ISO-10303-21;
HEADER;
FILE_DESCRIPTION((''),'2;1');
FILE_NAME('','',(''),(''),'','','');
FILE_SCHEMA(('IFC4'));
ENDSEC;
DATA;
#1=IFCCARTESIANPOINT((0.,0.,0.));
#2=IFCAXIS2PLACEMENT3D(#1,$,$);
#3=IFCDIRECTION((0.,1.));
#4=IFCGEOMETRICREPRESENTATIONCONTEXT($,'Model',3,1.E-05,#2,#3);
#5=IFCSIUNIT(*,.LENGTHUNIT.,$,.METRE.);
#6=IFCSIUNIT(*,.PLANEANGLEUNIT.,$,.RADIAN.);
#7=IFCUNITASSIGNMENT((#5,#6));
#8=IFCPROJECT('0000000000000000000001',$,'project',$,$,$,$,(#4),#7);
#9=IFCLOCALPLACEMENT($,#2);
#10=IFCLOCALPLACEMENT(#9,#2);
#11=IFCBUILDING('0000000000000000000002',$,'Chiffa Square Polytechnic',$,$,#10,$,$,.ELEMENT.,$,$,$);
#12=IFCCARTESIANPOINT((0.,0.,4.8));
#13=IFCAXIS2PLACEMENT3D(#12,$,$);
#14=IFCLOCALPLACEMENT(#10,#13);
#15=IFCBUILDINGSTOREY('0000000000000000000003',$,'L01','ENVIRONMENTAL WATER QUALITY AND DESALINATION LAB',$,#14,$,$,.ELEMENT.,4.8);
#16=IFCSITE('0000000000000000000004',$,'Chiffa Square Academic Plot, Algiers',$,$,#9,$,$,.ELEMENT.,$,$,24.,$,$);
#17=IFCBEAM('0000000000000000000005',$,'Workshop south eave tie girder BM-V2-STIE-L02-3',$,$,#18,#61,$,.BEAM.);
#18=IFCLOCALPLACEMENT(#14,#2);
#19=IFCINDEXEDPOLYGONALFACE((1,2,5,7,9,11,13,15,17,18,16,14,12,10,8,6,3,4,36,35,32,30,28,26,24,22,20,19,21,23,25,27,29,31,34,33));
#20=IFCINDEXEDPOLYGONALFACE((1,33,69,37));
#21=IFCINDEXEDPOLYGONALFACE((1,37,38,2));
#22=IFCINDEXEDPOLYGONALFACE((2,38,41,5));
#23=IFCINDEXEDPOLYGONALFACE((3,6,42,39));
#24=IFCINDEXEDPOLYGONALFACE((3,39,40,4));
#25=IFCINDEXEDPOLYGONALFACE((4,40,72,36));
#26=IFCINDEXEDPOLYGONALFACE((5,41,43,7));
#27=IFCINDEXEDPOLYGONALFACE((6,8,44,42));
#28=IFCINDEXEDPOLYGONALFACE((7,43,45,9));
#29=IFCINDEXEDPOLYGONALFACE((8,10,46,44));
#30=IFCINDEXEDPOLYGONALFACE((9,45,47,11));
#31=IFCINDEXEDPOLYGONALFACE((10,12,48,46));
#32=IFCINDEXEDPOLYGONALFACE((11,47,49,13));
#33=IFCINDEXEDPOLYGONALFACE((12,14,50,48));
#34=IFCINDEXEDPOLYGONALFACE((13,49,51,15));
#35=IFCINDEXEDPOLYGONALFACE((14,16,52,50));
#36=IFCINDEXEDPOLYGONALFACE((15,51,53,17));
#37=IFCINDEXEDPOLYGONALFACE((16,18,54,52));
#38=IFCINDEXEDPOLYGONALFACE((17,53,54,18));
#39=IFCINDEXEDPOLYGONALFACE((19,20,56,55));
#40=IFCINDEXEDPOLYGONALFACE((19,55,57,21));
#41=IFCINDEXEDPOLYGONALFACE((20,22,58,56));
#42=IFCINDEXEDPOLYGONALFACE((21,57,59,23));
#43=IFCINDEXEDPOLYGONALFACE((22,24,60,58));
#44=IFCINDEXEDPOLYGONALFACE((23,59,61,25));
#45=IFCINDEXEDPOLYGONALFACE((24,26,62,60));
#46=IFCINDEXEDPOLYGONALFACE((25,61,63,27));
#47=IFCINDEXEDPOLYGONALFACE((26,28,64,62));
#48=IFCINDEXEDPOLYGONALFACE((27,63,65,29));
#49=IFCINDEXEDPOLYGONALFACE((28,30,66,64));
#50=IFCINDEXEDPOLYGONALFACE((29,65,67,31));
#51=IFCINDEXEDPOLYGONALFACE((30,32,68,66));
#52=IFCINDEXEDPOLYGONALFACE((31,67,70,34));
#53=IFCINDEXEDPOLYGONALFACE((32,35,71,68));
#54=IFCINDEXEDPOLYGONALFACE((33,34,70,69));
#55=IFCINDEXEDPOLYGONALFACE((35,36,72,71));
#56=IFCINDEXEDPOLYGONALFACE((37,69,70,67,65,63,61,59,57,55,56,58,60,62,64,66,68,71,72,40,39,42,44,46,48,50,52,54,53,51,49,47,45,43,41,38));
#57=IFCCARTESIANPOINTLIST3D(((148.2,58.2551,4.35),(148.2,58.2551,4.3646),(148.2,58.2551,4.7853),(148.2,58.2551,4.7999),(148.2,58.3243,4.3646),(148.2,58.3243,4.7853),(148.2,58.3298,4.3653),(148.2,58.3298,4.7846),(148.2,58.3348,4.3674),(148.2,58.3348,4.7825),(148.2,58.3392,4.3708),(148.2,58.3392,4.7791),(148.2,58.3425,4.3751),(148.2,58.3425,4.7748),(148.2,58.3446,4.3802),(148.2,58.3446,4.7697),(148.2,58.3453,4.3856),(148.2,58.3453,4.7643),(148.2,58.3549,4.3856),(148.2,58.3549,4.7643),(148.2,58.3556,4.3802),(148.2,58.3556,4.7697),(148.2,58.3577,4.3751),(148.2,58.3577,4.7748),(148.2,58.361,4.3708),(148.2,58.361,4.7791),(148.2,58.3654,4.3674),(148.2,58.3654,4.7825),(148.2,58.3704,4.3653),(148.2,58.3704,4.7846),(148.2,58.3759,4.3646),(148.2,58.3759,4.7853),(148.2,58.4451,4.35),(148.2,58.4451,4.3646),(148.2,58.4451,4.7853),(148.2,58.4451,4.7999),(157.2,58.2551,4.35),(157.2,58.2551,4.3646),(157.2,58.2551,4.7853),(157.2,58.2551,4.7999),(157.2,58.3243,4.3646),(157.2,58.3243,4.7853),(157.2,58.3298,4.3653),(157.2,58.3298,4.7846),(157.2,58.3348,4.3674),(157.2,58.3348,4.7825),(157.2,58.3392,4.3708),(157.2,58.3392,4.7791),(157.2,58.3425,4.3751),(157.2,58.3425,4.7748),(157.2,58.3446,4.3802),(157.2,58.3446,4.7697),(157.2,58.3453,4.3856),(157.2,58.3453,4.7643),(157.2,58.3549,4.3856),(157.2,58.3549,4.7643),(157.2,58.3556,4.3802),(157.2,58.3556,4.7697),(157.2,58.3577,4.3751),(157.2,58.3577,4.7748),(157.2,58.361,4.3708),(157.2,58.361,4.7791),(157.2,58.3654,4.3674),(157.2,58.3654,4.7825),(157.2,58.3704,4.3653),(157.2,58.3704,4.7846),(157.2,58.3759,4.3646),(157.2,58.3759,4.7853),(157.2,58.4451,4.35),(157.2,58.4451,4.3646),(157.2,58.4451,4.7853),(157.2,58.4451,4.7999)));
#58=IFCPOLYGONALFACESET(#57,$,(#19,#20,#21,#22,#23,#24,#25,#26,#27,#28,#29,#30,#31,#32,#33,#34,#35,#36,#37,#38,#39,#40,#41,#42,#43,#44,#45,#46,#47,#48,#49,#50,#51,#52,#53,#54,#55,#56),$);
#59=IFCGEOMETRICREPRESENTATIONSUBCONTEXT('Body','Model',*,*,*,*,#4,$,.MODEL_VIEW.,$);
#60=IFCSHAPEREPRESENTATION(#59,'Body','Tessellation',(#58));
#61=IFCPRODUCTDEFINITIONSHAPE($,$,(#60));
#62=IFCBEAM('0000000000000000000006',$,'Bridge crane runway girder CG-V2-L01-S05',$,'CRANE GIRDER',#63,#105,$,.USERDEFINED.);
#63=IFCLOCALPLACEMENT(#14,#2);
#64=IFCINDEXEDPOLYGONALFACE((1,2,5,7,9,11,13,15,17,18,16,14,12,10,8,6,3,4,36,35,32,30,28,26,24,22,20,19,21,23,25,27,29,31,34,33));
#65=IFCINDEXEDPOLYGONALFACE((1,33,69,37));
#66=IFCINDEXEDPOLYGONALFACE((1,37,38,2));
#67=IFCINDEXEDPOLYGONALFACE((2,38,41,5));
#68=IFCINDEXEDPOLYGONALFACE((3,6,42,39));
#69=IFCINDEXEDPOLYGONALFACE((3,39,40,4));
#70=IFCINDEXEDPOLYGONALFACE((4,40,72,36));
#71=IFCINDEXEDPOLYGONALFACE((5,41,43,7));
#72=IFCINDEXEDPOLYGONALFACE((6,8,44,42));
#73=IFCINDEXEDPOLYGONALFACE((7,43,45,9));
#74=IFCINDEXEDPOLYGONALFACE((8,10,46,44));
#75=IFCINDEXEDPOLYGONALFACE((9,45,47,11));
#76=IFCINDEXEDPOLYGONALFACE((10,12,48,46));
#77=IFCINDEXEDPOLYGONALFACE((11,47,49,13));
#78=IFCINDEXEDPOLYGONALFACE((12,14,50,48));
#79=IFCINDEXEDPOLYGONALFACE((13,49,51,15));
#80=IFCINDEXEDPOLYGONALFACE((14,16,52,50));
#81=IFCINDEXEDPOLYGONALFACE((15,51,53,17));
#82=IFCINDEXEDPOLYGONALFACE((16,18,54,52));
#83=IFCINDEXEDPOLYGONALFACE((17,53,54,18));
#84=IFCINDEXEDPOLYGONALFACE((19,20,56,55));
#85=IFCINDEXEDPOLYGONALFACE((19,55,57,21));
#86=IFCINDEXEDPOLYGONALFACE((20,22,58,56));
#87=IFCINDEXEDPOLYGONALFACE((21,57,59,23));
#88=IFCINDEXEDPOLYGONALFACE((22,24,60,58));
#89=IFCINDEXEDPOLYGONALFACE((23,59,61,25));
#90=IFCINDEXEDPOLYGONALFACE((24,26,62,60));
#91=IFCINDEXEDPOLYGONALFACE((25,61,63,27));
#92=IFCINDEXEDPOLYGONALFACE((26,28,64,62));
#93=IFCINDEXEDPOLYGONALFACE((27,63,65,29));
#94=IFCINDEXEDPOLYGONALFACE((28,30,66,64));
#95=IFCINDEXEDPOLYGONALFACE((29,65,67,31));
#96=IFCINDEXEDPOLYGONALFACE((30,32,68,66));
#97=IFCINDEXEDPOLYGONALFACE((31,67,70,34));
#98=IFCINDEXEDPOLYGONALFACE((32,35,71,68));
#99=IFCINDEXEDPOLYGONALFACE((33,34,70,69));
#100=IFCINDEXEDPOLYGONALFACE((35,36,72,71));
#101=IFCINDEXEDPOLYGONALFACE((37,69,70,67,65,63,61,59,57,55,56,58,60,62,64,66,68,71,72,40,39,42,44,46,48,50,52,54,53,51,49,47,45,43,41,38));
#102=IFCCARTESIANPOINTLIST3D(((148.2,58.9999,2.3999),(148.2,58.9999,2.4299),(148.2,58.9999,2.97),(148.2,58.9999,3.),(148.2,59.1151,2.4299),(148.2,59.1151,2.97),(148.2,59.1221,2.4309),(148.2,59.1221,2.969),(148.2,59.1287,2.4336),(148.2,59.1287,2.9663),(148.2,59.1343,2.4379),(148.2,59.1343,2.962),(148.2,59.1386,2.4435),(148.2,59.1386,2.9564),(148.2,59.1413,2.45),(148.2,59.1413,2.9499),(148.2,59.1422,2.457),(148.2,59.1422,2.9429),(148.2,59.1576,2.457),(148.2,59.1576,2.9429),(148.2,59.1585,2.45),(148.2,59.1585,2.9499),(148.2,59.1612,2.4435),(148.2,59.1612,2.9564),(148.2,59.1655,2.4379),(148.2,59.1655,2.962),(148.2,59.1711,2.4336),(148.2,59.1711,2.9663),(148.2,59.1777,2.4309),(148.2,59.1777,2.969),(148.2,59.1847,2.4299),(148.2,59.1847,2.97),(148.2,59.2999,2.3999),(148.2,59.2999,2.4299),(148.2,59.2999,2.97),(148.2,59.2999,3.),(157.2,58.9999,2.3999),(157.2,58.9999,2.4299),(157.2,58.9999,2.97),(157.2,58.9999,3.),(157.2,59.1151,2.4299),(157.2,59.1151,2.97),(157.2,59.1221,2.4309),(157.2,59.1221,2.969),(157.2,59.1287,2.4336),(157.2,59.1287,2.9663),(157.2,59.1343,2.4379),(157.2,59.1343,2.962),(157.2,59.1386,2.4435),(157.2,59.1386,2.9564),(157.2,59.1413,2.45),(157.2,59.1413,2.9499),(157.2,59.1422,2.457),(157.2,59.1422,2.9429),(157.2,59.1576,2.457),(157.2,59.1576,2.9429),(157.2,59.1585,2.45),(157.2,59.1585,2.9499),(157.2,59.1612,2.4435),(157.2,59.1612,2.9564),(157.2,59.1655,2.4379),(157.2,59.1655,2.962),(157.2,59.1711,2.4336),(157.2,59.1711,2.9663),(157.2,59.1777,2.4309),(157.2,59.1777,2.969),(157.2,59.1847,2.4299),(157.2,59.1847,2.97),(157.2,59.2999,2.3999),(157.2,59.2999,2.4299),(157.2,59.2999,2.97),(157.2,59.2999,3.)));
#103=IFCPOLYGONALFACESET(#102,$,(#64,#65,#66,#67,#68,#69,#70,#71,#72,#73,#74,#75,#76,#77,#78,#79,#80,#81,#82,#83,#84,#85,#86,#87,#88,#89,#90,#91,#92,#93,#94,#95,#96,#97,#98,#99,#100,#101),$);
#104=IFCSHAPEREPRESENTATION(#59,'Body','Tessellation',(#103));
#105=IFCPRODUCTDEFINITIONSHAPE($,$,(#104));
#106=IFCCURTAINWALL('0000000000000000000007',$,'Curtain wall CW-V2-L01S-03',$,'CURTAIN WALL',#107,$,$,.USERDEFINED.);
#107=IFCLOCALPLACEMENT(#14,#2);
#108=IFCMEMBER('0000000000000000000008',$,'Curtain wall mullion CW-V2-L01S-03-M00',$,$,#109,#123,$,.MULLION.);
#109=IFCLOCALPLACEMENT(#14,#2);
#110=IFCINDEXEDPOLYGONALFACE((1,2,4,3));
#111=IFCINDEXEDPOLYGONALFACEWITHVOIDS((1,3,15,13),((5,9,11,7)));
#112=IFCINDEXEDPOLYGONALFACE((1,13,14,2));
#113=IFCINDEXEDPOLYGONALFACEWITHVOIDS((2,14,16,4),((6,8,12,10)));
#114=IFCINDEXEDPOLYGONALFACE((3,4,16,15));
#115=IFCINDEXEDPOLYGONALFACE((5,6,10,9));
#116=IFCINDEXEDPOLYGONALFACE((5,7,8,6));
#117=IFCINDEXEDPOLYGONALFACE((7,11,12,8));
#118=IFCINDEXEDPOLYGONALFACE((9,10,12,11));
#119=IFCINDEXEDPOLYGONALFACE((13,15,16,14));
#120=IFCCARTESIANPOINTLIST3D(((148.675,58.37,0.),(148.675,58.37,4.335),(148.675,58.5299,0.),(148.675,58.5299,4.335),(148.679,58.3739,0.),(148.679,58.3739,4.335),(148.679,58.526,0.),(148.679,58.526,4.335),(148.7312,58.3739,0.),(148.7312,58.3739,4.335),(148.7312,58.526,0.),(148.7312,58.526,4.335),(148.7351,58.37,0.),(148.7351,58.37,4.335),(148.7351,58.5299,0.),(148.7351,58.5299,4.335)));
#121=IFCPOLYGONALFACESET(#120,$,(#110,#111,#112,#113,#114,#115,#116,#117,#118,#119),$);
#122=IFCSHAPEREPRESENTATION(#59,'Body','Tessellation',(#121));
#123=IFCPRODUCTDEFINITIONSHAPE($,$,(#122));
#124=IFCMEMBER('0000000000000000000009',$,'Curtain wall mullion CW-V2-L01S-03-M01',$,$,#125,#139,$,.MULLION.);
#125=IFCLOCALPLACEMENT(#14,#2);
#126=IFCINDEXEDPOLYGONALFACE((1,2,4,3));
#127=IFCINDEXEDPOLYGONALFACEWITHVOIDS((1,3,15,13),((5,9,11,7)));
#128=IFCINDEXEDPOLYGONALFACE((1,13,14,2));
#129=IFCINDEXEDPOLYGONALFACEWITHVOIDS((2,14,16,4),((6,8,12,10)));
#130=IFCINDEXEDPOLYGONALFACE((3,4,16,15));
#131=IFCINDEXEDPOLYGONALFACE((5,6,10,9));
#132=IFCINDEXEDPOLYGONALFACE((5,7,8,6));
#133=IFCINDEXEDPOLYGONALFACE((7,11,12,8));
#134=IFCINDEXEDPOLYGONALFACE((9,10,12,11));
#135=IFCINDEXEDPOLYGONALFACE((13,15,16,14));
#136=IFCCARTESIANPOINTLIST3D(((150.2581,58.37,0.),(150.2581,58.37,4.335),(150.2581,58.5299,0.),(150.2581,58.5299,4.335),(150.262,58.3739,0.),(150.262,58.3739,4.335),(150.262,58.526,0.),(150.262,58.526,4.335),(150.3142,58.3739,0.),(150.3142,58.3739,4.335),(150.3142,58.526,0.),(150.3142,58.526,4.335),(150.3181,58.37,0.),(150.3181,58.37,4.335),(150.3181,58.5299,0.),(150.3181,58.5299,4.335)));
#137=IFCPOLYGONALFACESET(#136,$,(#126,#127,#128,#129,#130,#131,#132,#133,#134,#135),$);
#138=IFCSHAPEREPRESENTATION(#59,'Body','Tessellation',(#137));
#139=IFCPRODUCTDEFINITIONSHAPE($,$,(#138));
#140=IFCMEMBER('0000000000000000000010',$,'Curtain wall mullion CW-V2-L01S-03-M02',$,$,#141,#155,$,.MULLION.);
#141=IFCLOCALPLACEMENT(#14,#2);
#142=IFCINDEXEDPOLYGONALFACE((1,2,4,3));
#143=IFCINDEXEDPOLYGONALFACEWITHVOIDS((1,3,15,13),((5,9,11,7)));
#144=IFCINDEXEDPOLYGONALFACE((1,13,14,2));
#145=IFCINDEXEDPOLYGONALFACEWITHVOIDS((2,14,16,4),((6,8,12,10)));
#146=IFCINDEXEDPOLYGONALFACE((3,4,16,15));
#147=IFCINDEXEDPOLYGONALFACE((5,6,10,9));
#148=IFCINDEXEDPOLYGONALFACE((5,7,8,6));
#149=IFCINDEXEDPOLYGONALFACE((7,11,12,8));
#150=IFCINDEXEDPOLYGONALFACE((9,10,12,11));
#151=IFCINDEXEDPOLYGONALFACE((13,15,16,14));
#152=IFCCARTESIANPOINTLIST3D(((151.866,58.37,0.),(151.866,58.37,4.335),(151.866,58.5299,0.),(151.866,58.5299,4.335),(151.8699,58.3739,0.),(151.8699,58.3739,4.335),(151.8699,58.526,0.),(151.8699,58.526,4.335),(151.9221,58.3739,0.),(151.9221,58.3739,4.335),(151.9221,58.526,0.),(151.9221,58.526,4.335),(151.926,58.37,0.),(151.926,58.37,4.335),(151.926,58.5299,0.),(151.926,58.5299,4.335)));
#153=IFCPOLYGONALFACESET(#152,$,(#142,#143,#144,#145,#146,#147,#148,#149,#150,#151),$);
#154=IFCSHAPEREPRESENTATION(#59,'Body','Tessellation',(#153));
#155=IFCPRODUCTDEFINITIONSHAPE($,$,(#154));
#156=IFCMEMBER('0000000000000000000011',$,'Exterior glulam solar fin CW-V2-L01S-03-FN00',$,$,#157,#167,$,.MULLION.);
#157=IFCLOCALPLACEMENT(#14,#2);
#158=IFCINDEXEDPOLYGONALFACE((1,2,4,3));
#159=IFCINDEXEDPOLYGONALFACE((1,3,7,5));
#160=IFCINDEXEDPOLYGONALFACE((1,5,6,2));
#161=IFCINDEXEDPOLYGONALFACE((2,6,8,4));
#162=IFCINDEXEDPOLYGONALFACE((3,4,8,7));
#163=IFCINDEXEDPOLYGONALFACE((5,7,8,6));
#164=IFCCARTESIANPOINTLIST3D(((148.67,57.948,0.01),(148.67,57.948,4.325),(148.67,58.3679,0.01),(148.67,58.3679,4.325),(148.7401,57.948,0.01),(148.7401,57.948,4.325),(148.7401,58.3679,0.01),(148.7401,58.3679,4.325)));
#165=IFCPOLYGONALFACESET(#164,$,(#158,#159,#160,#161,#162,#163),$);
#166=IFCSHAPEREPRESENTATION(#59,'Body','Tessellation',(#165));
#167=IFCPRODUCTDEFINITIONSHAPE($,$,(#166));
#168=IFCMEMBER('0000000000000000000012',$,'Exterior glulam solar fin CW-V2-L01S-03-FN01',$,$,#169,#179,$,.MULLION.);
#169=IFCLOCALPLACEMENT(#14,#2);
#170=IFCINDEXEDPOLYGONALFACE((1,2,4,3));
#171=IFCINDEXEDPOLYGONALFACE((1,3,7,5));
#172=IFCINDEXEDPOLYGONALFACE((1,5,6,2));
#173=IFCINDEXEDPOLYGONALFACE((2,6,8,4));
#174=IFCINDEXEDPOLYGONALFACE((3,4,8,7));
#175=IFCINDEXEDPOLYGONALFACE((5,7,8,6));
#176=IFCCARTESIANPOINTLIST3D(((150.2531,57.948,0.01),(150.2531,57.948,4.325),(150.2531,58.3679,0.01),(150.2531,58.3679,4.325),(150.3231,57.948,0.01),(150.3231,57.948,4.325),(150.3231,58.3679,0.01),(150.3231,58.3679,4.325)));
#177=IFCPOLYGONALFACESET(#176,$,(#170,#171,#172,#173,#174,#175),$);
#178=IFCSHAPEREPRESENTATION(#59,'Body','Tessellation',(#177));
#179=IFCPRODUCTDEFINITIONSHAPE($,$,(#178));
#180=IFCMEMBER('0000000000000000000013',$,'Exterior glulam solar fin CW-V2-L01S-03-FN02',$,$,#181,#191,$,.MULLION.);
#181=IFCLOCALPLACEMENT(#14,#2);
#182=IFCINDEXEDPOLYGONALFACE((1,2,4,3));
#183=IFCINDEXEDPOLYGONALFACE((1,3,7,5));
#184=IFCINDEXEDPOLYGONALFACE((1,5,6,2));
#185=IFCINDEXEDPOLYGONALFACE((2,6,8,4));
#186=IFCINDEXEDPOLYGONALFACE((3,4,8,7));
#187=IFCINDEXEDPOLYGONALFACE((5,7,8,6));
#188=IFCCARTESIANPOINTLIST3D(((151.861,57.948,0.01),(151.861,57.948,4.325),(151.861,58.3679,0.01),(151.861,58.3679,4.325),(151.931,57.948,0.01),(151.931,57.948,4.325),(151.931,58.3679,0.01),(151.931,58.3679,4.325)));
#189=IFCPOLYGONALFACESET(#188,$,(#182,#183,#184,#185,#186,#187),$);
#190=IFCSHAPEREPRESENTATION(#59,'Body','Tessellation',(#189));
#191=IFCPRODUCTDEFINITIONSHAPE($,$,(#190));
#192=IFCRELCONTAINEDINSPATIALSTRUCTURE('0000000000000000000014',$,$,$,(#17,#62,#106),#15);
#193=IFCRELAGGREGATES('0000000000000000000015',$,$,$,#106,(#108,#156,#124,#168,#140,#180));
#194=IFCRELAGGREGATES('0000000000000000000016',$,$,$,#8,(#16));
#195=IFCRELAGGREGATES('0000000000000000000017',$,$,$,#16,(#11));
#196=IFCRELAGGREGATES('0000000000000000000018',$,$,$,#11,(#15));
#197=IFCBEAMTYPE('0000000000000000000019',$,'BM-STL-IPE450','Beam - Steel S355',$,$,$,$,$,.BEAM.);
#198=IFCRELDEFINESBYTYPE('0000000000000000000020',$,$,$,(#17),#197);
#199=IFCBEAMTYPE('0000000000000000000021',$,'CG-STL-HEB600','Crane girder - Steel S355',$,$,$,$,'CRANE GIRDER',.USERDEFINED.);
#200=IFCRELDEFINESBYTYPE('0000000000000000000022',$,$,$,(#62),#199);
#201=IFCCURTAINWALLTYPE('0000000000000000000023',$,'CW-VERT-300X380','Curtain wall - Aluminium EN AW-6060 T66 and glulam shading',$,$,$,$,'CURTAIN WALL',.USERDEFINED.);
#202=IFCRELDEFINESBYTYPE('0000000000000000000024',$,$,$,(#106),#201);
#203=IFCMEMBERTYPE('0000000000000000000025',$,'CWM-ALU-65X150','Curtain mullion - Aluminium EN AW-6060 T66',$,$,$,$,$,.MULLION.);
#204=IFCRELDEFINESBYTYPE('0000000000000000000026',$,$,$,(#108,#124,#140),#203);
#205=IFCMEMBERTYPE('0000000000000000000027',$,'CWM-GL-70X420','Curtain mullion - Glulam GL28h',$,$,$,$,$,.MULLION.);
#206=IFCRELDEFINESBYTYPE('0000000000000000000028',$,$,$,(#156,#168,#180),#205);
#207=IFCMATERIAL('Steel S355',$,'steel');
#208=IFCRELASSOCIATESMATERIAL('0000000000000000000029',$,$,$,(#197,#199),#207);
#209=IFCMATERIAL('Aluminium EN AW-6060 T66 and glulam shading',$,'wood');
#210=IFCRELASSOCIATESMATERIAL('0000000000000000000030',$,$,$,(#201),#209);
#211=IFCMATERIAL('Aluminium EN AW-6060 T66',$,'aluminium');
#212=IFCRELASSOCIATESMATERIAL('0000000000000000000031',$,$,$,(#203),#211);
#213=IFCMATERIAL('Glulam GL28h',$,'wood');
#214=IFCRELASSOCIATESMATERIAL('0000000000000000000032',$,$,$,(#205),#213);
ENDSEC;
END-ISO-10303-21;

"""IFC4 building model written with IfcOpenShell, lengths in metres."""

from ifc_helpers import new_model, si_unit, direction, frame, origin, origin_2d, place, context, subcontext, project, spatial, rectangle, hollow_rectangle, i_section, extrude, material, material_profile, profile_set, type_object, element, aggregate, save


model = new_model("IFC4")

# Units and contexts
model_context = context("Model", 3, precision=1e-05, world=origin(), true_north=direction((0.0, 1.0)))
body_context = subcontext(model_context, "Body", "Model", "MODEL_VIEW")
ifc_project = project(units=[si_unit("LENGTHUNIT", "METRE"), si_unit("PLANEANGLEUNIT", "RADIAN")], contexts=[model_context])

# Site, building, storey
site_placement = place(None, origin())
site = spatial("IfcSite", under=ifc_project, at=site_placement, Name="Chiffa Square Academic Plot, Algiers", CompositionType="ELEMENT", RefElevation=24.0)
building_placement = place(site_placement, origin())
building = spatial("IfcBuilding", under=site, at=building_placement, Name="Chiffa Square Polytechnic", CompositionType="ELEMENT")
storey_placement = place(building_placement, frame((0.0, 0.0, 4.8)))
storey = spatial("IfcBuildingStorey", under=building, at=storey_placement, Name="L01", Description="ENVIRONMENTAL WATER QUALITY AND DESALINATION LAB", CompositionType="ELEMENT", Elevation=4.8)

# Shared definitions
ifc_material_1 = material(Name="Steel S355", Category="steel")

# Beams
ifc_material_profile_1 = material_profile(ifc_material_1, i_section(OverallWidth=0.1899, OverallDepth=0.45, WebThickness=0.0095, FlangeThickness=0.0146, FilletRadius=0.021, at=origin_2d()), Name="IPE 450")
ifc_profile_set_1 = profile_set([ifc_material_profile_1], Name="Steel S355")
beam_type_1 = type_object("IfcBeamType", Name="BM-STL-IPE450", Description="Beam - Steel S355", PredefinedType="BEAM", material=ifc_profile_set_1)
for number, where, z_axis, x_axis, name in (
    (1, (148.2, 58.3501, 4.575), (1.0, 0.0, 0.0), (0.0, 1.0, 0.0), "Workshop south eave tie girder BM-V2-STIE-L02-3"),
):
    element("IfcBeam", number, at=place(storey_placement, frame(where, z_axis=z_axis, x_axis=x_axis)), inside=storey, type_object=beam_type_1, Name=name, PredefinedType="BEAM", context=body_context, shape_type="SweptSolid", body=[
        extrude(i_section(OverallWidth=0.1899, OverallDepth=0.45, WebThickness=0.0095, FlangeThickness=0.0146, FilletRadius=0.021, at=origin_2d()), origin(), (0.0, 0.0, 1.0), 9.0),
    ])
ifc_material_profile_2 = material_profile(ifc_material_1, i_section(OverallWidth=0.3, OverallDepth=0.6001, WebThickness=0.0154, FlangeThickness=0.03, FilletRadius=0.0271, at=origin_2d()), Name="HEB 600")
ifc_profile_set_2 = profile_set([ifc_material_profile_2], Name="Steel S355")
beam_type_2 = type_object("IfcBeamType", Name="CG-STL-HEB600", Description="Crane girder - Steel S355", ElementType="CRANE GIRDER", PredefinedType="USERDEFINED", material=ifc_profile_set_2)
beam_1_placement = place(storey_placement, frame((148.2, 59.1499, 2.7), z_axis=(1.0, 0.0, 0.0), x_axis=(0.0, 1.0, 0.0)))
element("IfcBeam", 2, at=beam_1_placement, inside=storey, type_object=beam_type_2, Name="Bridge crane runway girder CG-V2-L01-S05", ObjectType="CRANE GIRDER", PredefinedType="USERDEFINED", context=body_context, shape_type="SweptSolid", body=[
    extrude(i_section(OverallWidth=0.3, OverallDepth=0.6001, WebThickness=0.0154, FlangeThickness=0.03, FilletRadius=0.0271, at=origin_2d()), origin(), (0.0, 0.0, 1.0), 9.0),
])

# Curtain wall, members
ifc_material_2 = material(Name="Aluminium EN AW-6060 T66 and glulam shading", Category="wood")
curtain_wall_type = type_object("IfcCurtainWallType", Name="CW-VERT-300X380", Description="Curtain wall - Aluminium EN AW-6060 T66 and glulam shading", ElementType="CURTAIN WALL", PredefinedType="USERDEFINED", material=ifc_material_2)
curtain_wall_placement = place(storey_placement, origin())
curtain_wall = element("IfcCurtainWall", 3, at=curtain_wall_placement, inside=storey, type_object=curtain_wall_type, Name="Curtain wall CW-V2-L01S-03", ObjectType="CURTAIN WALL", PredefinedType="USERDEFINED")
ifc_material_3 = material(Name="Aluminium EN AW-6060 T66", Category="aluminium")
ifc_material_profile_3 = material_profile(ifc_material_3, hollow_rectangle(XDim=0.0601, YDim=0.1599, WallThickness=0.0039, at=origin_2d()), Name="ALU 60x160x4")
ifc_profile_set_3 = profile_set([ifc_material_profile_3], Name="Aluminium EN AW-6060 T66")
member_type_1 = type_object("IfcMemberType", Name="CWM-ALU-65X150", Description="Curtain mullion - Aluminium EN AW-6060 T66", PredefinedType="MULLION", material=ifc_profile_set_3)
member_1_placement = place(storey_placement, frame((148.7051, 58.45, 0.0), z_axis=(0.0, 0.0, 1.0), x_axis=(1.0, 0.0, 0.0)))
member_1 = element("IfcMember", 4, at=member_1_placement, type_object=member_type_1, Name="Curtain wall mullion CW-V2-L01S-03-M00", PredefinedType="MULLION", context=body_context, shape_type="SweptSolid", body=[
    extrude(hollow_rectangle(XDim=0.0601, YDim=0.1599, WallThickness=0.0039, at=origin_2d()), origin(), (0.0, 0.0, 1.0), 4.335),
])
member_2_placement = place(storey_placement, frame((150.2881, 58.45, 0.0), z_axis=(0.0, 0.0, 1.0), x_axis=(1.0, 0.0, 0.0)))
member_2 = element("IfcMember", 5, at=member_2_placement, type_object=member_type_1, Name="Curtain wall mullion CW-V2-L01S-03-M01", PredefinedType="MULLION", context=body_context, shape_type="SweptSolid", body=[
    extrude(hollow_rectangle(XDim=0.0601, YDim=0.1599, WallThickness=0.0039, at=origin_2d()), origin(), (0.0, 0.0, 1.0), 4.335),
])
member_3_placement = place(storey_placement, frame((151.896, 58.45, 0.0), z_axis=(0.0, 0.0, 1.0), x_axis=(1.0, 0.0, 0.0)))
member_3 = element("IfcMember", 6, at=member_3_placement, type_object=member_type_1, Name="Curtain wall mullion CW-V2-L01S-03-M02", PredefinedType="MULLION", context=body_context, shape_type="SweptSolid", body=[
    extrude(hollow_rectangle(XDim=0.0601, YDim=0.1599, WallThickness=0.0039, at=origin_2d()), origin(), (0.0, 0.0, 1.0), 4.335),
])
ifc_material_4 = material(Name="Glulam GL28h", Category="wood")
ifc_material_profile_4 = material_profile(ifc_material_4, rectangle(XDim=0.0701, YDim=0.4199, at=origin_2d()), Name="GL28h 70x420")
ifc_profile_set_4 = profile_set([ifc_material_profile_4], Name="Glulam GL28h")
member_type_2 = type_object("IfcMemberType", Name="CWM-GL-70X420", Description="Curtain mullion - Glulam GL28h", PredefinedType="MULLION", material=ifc_profile_set_4)
member_4_placement = place(storey_placement, frame((148.7051, 58.158, 0.01), z_axis=(0.0, 0.0, 1.0), x_axis=(1.0, 0.0, 0.0)))
member_4 = element("IfcMember", 7, at=member_4_placement, type_object=member_type_2, Name="Exterior glulam solar fin CW-V2-L01S-03-FN00", PredefinedType="MULLION", context=body_context, shape_type="SweptSolid", body=[
    extrude(rectangle(XDim=0.0701, YDim=0.4199, at=origin_2d()), origin(), (0.0, 0.0, 1.0), 4.3149),
])
member_5_placement = place(storey_placement, frame((150.2881, 58.158, 0.01), z_axis=(0.0, 0.0, 1.0), x_axis=(1.0, 0.0, 0.0)))
member_5 = element("IfcMember", 8, at=member_5_placement, type_object=member_type_2, Name="Exterior glulam solar fin CW-V2-L01S-03-FN01", PredefinedType="MULLION", context=body_context, shape_type="SweptSolid", body=[
    extrude(rectangle(XDim=0.0701, YDim=0.4199, at=origin_2d()), origin(), (0.0, 0.0, 1.0), 4.3149),
])
member_6_placement = place(storey_placement, frame((151.896, 58.158, 0.01), z_axis=(0.0, 0.0, 1.0), x_axis=(1.0, 0.0, 0.0)))
member_6 = element("IfcMember", 9, at=member_6_placement, type_object=member_type_2, Name="Exterior glulam solar fin CW-V2-L01S-03-FN02", PredefinedType="MULLION", context=body_context, shape_type="SweptSolid", body=[
    extrude(rectangle(XDim=0.0701, YDim=0.4199, at=origin_2d()), origin(), (0.0, 0.0, 1.0), 4.3149),
])

aggregate(curtain_wall, [member_1, member_4, member_2, member_5, member_3, member_6])

save(model, "model.ifc")
